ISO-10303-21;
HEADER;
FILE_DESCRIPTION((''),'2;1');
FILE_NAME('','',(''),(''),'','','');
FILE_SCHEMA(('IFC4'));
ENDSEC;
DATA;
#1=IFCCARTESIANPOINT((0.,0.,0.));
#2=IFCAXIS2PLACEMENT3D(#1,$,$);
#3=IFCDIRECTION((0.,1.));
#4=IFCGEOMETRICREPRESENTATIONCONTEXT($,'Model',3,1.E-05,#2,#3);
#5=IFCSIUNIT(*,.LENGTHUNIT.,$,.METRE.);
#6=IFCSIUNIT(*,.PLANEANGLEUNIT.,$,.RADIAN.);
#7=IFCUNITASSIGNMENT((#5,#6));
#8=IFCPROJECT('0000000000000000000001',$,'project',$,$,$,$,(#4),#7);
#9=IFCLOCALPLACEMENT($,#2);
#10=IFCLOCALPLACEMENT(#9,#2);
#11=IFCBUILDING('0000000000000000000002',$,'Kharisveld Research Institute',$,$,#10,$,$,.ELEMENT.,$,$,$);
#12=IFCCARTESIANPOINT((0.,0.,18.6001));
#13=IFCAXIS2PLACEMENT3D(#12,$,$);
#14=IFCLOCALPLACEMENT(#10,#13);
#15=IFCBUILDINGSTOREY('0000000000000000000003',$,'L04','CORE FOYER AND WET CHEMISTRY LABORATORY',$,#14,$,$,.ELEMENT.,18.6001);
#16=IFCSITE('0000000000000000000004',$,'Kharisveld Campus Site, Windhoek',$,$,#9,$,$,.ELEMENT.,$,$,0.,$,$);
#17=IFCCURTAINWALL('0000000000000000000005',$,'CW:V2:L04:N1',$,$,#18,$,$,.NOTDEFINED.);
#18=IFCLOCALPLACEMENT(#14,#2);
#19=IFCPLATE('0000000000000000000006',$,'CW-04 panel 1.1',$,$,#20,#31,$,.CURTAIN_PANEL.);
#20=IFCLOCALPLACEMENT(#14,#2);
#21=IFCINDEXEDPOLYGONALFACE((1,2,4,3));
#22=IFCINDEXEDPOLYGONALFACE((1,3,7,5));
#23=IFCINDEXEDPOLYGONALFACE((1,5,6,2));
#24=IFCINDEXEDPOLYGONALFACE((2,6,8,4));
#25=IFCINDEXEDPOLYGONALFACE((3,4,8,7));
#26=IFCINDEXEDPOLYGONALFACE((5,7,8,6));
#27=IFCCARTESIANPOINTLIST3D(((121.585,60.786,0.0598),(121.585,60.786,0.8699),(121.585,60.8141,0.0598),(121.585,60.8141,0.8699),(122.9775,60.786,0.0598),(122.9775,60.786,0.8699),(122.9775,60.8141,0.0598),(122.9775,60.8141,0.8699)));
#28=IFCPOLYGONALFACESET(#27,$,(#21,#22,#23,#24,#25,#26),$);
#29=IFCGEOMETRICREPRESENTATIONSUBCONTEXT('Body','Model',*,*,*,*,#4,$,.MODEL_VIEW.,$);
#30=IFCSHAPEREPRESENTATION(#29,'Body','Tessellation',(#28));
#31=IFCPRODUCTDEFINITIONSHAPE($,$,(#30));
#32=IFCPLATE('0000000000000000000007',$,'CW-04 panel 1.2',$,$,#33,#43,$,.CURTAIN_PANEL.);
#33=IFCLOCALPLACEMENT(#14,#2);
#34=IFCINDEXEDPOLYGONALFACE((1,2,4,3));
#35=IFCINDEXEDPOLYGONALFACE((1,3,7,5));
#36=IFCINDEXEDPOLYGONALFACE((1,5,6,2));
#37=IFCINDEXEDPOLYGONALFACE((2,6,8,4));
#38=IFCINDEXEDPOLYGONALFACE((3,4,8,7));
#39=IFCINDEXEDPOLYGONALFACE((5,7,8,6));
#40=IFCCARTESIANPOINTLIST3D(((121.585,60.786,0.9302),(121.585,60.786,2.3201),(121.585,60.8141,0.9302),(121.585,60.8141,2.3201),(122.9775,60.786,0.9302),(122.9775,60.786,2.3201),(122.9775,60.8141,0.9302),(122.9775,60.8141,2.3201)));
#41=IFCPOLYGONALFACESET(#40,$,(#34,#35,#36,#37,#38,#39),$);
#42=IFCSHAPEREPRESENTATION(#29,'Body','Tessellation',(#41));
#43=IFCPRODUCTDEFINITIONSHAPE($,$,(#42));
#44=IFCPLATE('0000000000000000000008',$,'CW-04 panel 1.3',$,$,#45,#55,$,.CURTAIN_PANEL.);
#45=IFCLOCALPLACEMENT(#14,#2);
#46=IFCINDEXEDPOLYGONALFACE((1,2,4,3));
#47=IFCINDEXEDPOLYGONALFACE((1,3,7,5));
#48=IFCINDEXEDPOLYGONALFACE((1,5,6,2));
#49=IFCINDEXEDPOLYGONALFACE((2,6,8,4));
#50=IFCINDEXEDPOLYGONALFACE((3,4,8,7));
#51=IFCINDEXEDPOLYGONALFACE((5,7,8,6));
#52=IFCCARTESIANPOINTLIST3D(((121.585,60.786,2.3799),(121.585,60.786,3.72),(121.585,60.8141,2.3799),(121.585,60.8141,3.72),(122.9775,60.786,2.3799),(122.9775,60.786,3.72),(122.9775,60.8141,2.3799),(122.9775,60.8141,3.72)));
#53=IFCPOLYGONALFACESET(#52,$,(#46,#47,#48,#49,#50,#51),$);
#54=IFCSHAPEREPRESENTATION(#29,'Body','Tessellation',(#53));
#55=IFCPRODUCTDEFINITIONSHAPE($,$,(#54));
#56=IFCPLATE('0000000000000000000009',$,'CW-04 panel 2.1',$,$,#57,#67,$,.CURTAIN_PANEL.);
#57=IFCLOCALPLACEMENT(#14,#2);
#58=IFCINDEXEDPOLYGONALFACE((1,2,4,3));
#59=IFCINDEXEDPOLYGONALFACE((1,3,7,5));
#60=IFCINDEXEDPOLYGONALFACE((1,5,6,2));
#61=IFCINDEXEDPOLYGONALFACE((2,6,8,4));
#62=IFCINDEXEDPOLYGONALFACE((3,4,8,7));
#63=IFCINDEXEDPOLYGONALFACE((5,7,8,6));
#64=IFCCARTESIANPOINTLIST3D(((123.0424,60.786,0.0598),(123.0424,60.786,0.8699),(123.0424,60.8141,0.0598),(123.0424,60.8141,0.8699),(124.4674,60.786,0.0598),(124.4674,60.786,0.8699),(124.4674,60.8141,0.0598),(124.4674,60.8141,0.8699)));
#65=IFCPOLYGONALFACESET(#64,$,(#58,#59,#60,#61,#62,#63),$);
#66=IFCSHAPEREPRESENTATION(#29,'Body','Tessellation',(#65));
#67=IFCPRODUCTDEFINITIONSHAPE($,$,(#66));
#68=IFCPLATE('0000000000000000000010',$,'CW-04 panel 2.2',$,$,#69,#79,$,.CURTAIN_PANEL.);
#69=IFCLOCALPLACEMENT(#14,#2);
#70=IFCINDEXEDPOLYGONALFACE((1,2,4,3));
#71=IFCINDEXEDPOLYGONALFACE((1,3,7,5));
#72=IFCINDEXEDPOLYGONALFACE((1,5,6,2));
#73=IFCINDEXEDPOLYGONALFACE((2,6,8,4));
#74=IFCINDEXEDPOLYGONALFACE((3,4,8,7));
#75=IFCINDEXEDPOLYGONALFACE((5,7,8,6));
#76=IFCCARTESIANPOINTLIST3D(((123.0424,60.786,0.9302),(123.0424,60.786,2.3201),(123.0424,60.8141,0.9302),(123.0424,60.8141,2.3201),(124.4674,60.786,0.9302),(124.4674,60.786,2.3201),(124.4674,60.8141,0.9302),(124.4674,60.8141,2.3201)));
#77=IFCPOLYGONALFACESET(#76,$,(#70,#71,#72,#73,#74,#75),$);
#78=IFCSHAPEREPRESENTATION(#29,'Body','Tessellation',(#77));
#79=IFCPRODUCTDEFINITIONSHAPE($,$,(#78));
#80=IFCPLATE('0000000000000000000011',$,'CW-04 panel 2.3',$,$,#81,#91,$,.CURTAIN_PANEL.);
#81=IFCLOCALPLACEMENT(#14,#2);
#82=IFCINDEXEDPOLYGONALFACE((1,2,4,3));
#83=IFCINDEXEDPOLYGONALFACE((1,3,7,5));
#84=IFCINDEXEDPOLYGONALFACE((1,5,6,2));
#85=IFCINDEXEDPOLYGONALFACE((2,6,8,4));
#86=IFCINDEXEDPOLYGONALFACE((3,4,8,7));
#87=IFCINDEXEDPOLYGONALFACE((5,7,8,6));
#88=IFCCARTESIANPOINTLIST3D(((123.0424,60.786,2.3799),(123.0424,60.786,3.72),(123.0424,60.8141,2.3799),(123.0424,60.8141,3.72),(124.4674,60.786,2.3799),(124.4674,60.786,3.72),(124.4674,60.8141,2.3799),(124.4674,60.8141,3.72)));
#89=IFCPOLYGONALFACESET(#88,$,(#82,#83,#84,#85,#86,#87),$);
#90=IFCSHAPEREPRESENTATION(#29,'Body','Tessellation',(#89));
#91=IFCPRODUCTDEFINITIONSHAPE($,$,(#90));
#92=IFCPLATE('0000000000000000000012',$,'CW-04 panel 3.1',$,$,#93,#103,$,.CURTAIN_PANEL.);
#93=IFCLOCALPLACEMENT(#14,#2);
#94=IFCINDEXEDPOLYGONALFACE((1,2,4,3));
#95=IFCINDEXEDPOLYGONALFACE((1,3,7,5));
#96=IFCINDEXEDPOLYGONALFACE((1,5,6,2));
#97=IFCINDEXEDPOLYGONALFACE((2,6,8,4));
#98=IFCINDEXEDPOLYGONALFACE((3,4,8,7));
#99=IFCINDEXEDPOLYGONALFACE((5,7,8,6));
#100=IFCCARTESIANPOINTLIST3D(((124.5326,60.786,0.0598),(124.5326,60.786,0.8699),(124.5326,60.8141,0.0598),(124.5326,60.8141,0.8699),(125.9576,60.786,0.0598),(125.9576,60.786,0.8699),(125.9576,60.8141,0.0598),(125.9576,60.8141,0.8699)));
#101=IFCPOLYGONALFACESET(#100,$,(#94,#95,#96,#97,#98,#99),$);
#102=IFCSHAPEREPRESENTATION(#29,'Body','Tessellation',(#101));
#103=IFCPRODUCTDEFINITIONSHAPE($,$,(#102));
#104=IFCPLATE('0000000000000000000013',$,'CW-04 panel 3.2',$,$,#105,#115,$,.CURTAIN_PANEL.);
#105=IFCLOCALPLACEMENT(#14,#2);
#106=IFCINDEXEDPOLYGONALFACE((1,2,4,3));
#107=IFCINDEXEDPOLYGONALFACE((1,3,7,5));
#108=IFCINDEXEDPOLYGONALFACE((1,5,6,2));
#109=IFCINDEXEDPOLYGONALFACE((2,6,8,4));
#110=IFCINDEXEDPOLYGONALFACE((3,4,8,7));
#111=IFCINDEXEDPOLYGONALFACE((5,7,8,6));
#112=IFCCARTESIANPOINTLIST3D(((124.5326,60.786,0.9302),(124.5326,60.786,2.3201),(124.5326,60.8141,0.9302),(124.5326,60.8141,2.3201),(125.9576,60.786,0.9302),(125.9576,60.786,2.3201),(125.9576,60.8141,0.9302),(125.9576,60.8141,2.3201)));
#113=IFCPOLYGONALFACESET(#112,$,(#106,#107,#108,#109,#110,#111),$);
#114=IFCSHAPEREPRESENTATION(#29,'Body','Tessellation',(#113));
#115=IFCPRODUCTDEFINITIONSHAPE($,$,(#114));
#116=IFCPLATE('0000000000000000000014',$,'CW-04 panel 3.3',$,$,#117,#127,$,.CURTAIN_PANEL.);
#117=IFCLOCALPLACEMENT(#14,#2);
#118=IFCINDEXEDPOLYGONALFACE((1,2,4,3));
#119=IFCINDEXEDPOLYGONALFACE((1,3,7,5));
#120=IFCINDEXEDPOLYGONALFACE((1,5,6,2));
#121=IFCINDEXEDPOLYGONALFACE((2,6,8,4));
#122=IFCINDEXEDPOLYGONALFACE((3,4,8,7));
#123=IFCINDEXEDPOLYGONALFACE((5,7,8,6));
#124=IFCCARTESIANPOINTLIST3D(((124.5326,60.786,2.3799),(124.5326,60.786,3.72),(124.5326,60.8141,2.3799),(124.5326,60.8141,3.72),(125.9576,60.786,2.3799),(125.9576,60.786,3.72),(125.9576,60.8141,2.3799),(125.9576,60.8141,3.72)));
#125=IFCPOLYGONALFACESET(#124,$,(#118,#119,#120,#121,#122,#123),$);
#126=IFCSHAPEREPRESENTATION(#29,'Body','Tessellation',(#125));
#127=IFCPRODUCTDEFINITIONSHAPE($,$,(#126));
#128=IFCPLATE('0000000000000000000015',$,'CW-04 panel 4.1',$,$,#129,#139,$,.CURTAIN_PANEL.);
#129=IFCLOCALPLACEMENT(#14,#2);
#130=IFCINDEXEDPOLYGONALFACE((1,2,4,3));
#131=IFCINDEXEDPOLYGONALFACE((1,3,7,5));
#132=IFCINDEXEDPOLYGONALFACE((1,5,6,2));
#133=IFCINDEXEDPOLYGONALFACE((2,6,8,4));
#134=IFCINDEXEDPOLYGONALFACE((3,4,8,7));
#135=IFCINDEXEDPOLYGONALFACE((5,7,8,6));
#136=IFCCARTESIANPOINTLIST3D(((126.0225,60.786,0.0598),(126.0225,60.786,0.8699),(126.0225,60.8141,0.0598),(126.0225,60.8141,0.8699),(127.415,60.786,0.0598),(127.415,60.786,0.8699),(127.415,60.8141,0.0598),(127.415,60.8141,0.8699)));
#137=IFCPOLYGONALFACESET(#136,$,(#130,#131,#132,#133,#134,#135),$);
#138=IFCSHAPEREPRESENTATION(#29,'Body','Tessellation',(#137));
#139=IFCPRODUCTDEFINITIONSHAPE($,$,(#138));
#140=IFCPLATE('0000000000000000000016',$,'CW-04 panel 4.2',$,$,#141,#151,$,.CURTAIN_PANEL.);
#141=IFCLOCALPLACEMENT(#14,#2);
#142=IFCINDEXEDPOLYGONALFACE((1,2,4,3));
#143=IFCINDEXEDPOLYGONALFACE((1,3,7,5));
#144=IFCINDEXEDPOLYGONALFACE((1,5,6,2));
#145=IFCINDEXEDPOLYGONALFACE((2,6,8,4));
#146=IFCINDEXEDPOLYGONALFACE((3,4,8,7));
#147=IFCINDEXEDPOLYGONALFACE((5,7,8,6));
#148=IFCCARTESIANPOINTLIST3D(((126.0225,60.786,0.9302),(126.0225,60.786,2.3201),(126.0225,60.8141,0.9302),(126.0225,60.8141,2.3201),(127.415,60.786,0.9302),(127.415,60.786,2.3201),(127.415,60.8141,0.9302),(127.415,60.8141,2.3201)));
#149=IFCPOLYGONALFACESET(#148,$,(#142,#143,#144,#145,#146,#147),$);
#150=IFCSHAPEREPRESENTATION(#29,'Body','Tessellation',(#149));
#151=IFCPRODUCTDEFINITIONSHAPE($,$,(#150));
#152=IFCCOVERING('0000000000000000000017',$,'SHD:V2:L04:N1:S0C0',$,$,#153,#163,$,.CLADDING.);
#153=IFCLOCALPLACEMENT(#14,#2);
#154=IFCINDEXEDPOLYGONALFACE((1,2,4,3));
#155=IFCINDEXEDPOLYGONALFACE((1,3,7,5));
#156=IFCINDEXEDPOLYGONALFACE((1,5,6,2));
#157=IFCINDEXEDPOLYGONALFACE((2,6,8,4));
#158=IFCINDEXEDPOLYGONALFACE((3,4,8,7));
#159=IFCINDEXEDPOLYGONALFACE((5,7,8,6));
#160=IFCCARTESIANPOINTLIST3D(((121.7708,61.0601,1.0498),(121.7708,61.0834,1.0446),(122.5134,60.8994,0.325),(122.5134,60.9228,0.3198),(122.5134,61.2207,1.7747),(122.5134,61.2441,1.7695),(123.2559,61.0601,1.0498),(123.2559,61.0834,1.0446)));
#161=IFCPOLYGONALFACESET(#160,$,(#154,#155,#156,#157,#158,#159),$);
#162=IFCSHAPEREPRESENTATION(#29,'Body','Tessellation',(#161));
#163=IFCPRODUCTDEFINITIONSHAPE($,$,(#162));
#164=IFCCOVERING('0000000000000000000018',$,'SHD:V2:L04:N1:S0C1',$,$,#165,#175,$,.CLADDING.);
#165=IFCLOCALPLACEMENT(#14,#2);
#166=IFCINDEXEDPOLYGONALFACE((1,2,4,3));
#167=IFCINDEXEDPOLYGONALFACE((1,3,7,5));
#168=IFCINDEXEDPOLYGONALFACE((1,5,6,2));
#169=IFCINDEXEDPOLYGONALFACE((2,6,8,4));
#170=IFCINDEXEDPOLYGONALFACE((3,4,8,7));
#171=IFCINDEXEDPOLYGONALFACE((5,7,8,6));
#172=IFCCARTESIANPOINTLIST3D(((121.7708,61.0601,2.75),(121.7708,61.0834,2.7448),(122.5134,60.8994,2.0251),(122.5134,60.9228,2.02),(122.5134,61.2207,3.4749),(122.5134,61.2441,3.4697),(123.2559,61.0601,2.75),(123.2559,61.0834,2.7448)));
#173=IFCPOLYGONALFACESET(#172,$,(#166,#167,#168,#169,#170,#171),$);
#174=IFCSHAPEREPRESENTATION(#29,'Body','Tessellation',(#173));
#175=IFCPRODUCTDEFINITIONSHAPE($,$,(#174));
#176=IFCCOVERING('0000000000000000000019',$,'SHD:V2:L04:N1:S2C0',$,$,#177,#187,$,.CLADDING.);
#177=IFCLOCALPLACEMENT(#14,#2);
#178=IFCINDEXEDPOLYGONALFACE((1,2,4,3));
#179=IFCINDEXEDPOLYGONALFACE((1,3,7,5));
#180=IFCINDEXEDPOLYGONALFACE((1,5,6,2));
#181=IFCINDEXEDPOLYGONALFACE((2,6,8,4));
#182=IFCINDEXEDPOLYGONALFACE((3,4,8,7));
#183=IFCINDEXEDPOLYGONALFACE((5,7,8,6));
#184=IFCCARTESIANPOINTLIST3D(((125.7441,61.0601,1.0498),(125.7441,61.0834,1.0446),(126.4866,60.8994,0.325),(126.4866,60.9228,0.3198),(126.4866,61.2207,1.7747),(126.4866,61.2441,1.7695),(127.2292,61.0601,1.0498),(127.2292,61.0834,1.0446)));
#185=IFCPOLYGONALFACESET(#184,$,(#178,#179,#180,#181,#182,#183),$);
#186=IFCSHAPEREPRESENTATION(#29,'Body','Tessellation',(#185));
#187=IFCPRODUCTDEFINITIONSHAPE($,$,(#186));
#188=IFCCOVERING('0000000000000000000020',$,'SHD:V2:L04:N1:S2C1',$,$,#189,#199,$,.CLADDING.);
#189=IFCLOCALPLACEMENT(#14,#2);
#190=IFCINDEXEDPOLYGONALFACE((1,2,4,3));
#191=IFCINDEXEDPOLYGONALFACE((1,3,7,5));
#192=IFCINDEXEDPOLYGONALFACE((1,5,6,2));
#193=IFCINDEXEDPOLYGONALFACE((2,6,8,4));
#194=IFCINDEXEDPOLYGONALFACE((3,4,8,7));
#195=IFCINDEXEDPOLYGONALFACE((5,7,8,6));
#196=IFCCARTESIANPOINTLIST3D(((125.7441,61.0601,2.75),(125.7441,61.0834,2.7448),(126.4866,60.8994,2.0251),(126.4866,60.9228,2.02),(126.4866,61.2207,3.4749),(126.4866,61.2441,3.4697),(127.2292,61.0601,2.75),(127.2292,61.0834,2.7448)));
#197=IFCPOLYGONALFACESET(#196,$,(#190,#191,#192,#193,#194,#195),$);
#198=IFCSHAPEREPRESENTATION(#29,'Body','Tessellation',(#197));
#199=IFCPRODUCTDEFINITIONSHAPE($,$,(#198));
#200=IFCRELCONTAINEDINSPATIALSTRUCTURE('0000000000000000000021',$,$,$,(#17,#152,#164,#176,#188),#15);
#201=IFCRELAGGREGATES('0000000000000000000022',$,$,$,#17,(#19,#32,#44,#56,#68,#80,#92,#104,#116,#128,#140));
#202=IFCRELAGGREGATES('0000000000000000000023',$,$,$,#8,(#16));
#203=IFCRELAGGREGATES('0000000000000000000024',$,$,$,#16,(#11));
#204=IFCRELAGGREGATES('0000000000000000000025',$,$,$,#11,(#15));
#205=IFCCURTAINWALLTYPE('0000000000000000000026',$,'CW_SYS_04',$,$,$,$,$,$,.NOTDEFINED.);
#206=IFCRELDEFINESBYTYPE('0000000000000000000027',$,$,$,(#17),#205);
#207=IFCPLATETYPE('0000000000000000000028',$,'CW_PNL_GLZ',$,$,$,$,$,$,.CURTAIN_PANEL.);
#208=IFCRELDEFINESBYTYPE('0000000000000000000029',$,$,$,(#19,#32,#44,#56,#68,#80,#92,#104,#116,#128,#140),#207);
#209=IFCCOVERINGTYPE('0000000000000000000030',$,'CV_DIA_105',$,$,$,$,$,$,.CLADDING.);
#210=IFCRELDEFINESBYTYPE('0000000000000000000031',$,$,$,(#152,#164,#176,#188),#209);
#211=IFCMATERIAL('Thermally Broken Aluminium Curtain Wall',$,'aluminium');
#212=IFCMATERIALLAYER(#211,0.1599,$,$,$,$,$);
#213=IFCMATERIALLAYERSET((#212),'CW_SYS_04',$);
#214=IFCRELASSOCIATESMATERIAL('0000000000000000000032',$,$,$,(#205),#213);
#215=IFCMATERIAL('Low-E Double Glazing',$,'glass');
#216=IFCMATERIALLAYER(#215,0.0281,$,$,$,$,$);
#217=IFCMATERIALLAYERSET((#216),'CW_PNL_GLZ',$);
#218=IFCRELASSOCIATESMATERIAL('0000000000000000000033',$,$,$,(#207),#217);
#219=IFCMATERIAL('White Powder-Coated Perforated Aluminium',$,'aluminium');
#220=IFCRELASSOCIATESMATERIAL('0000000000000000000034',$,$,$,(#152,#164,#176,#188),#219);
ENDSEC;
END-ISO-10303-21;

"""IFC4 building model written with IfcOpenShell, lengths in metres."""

from ifc_helpers import new_model, si_unit, direction, frame, origin, origin_2d, place, context, subcontext, project, spatial, polyline, rectangle, outline, extrude, material, layer, layer_set, type_object, element, aggregate, save


model = new_model("IFC4")

# Units and contexts
model_context = context("Model", 3, precision=1e-05, world=origin(), true_north=direction((0.0, 1.0)))
body_context = subcontext(model_context, "Body", "Model", "MODEL_VIEW")
ifc_project = project(units=[si_unit("LENGTHUNIT", "METRE"), si_unit("PLANEANGLEUNIT", "RADIAN")], contexts=[model_context])

# Site, building, storey
site_placement = place(None, origin())
site = spatial("IfcSite", under=ifc_project, at=site_placement, Name="Kharisveld Campus Site, Windhoek", CompositionType="ELEMENT", RefElevation=0.0)
building_placement = place(site_placement, origin())
building = spatial("IfcBuilding", under=site, at=building_placement, Name="Kharisveld Research Institute", CompositionType="ELEMENT")
storey_placement = place(building_placement, frame((0.0, 0.0, 18.6001)))
storey = spatial("IfcBuildingStorey", under=building, at=storey_placement, Name="L04", Description="CORE FOYER AND WET CHEMISTRY LABORATORY", CompositionType="ELEMENT", Elevation=18.6001)

# Curtain wall
ifc_material_1 = material(Name="Thermally Broken Aluminium Curtain Wall", Category="aluminium")
ifc_layer_1 = layer(ifc_material_1, 0.1599)
ifc_layer_set_1 = layer_set([ifc_layer_1], Name="CW_SYS_04")
curtain_wall_type = type_object("IfcCurtainWallType", Name="CW_SYS_04", PredefinedType="NOTDEFINED", material=ifc_layer_set_1)
curtain_wall_placement = place(storey_placement, origin())
curtain_wall = element("IfcCurtainWall", 1, at=curtain_wall_placement, inside=storey, type_object=curtain_wall_type, Name="CW:V2:L04:N1", PredefinedType="NOTDEFINED")

# Plates
ifc_material_2 = material(Name="Low-E Double Glazing", Category="glass")
ifc_layer_2 = layer(ifc_material_2, 0.0281)
ifc_layer_set_2 = layer_set([ifc_layer_2], Name="CW_PNL_GLZ")
plate_type = type_object("IfcPlateType", Name="CW_PNL_GLZ", PredefinedType="CURTAIN_PANEL", material=ifc_layer_set_2)
plate_1_placement = place(storey_placement, frame((122.2812, 60.8, 0.0598), z_axis=(0.0, 0.0, 1.0), x_axis=(1.0, 0.0, 0.0)))
plate_1 = element("IfcPlate", 2, at=plate_1_placement, type_object=plate_type, Name="CW-04 panel 1.1", PredefinedType="CURTAIN_PANEL", context=body_context, shape_type="SweptSolid", body=[
    extrude(rectangle(XDim=1.3926, YDim=0.0281, at=origin_2d()), origin(), (0.0, 0.0, 1.0), 0.8101),
])
plate_2_placement = place(storey_placement, frame((122.2812, 60.8, 0.9302), z_axis=(0.0, 0.0, 1.0), x_axis=(1.0, 0.0, 0.0)))
plate_2 = element("IfcPlate", 3, at=plate_2_placement, type_object=plate_type, Name="CW-04 panel 1.2", PredefinedType="CURTAIN_PANEL", context=body_context, shape_type="SweptSolid", body=[
    extrude(rectangle(XDim=1.3926, YDim=0.0281, at=origin_2d()), origin(), (0.0, 0.0, 1.0), 1.3899),
])
plate_3_placement = place(storey_placement, frame((122.2812, 60.8, 2.3799), z_axis=(0.0, 0.0, 1.0), x_axis=(1.0, 0.0, 0.0)))
plate_3 = element("IfcPlate", 4, at=plate_3_placement, type_object=plate_type, Name="CW-04 panel 1.3", PredefinedType="CURTAIN_PANEL", context=body_context, shape_type="SweptSolid", body=[
    extrude(rectangle(XDim=1.3926, YDim=0.0281, at=origin_2d()), origin(), (0.0, 0.0, 1.0), 1.3401),
])
plate_4_placement = place(storey_placement, frame((123.7549, 60.8, 0.0598), z_axis=(0.0, 0.0, 1.0), x_axis=(1.0, 0.0, 0.0)))
plate_4 = element("IfcPlate", 5, at=plate_4_placement, type_object=plate_type, Name="CW-04 panel 2.1", PredefinedType="CURTAIN_PANEL", context=body_context, shape_type="SweptSolid", body=[
    extrude(rectangle(XDim=1.425, YDim=0.0281, at=origin_2d()), origin(), (0.0, 0.0, 1.0), 0.8101),
])
plate_5_placement = place(storey_placement, frame((123.7549, 60.8, 0.9302), z_axis=(0.0, 0.0, 1.0), x_axis=(1.0, 0.0, 0.0)))
plate_5 = element("IfcPlate", 6, at=plate_5_placement, type_object=plate_type, Name="CW-04 panel 2.2", PredefinedType="CURTAIN_PANEL", context=body_context, shape_type="SweptSolid", body=[
    extrude(rectangle(XDim=1.425, YDim=0.0281, at=origin_2d()), origin(), (0.0, 0.0, 1.0), 1.3899),
])
plate_6_placement = place(storey_placement, frame((123.7549, 60.8, 2.3799), z_axis=(0.0, 0.0, 1.0), x_axis=(1.0, 0.0, 0.0)))
plate_6 = element("IfcPlate", 7, at=plate_6_placement, type_object=plate_type, Name="CW-04 panel 2.3", PredefinedType="CURTAIN_PANEL", context=body_context, shape_type="SweptSolid", body=[
    extrude(rectangle(XDim=1.425, YDim=0.0281, at=origin_2d()), origin(), (0.0, 0.0, 1.0), 1.3401),
])
plate_7_placement = place(storey_placement, frame((125.2451, 60.8, 0.0598), z_axis=(0.0, 0.0, 1.0), x_axis=(1.0, 0.0, 0.0)))
plate_7 = element("IfcPlate", 8, at=plate_7_placement, type_object=plate_type, Name="CW-04 panel 3.1", PredefinedType="CURTAIN_PANEL", context=body_context, shape_type="SweptSolid", body=[
    extrude(rectangle(XDim=1.425, YDim=0.0281, at=origin_2d()), origin(), (0.0, 0.0, 1.0), 0.8101),
])
plate_8_placement = place(storey_placement, frame((125.2451, 60.8, 0.9302), z_axis=(0.0, 0.0, 1.0), x_axis=(1.0, 0.0, 0.0)))
plate_8 = element("IfcPlate", 9, at=plate_8_placement, type_object=plate_type, Name="CW-04 panel 3.2", PredefinedType="CURTAIN_PANEL", context=body_context, shape_type="SweptSolid", body=[
    extrude(rectangle(XDim=1.425, YDim=0.0281, at=origin_2d()), origin(), (0.0, 0.0, 1.0), 1.3899),
])
plate_9_placement = place(storey_placement, frame((125.2451, 60.8, 2.3799), z_axis=(0.0, 0.0, 1.0), x_axis=(1.0, 0.0, 0.0)))
plate_9 = element("IfcPlate", 10, at=plate_9_placement, type_object=plate_type, Name="CW-04 panel 3.3", PredefinedType="CURTAIN_PANEL", context=body_context, shape_type="SweptSolid", body=[
    extrude(rectangle(XDim=1.425, YDim=0.0281, at=origin_2d()), origin(), (0.0, 0.0, 1.0), 1.3401),
])
plate_10_placement = place(storey_placement, frame((126.7188, 60.8, 0.0598), z_axis=(0.0, 0.0, 1.0), x_axis=(1.0, 0.0, 0.0)))
plate_10 = element("IfcPlate", 11, at=plate_10_placement, type_object=plate_type, Name="CW-04 panel 4.1", PredefinedType="CURTAIN_PANEL", context=body_context, shape_type="SweptSolid", body=[
    extrude(rectangle(XDim=1.3926, YDim=0.0281, at=origin_2d()), origin(), (0.0, 0.0, 1.0), 0.8101),
])
plate_11_placement = place(storey_placement, frame((126.7188, 60.8, 0.9302), z_axis=(0.0, 0.0, 1.0), x_axis=(1.0, 0.0, 0.0)))
plate_11 = element("IfcPlate", 12, at=plate_11_placement, type_object=plate_type, Name="CW-04 panel 4.2", PredefinedType="CURTAIN_PANEL", context=body_context, shape_type="SweptSolid", body=[
    extrude(rectangle(XDim=1.3926, YDim=0.0281, at=origin_2d()), origin(), (0.0, 0.0, 1.0), 1.3899),
])
aggregate(curtain_wall, [plate_1, plate_2, plate_3, plate_4, plate_5, plate_6, plate_7, plate_8, plate_9, plate_10, plate_11])

# Coverings
ifc_material_3 = material(Name="White Powder-Coated Perforated Aluminium", Category="aluminium")
covering_type = type_object("IfcCoveringType", Name="CV_DIA_105", PredefinedType="CLADDING")
for number, where, z_axis, x_axis, name in (
    (13, (122.5134, 60.8994, 0.325), (0.0, -0.976311, 0.216373), (0.707102, 0.153, 0.69036), "SHD:V2:L04:N1:S0C0"),
    (14, (122.5134, 60.8994, 2.0251), (0.0, -0.976311, 0.216373), (0.707102, 0.153, 0.69036), "SHD:V2:L04:N1:S0C1"),
):
    element("IfcCovering", number, at=place(storey_placement, frame(where, z_axis=z_axis, x_axis=x_axis)), inside=storey, type_object=covering_type, material=ifc_material_3, Name=name, PredefinedType="CLADDING", context=body_context, shape_type="SweptSolid", body=[
        extrude(outline(polyline([(0.0, 0.0), (1.05, 0.0), (1.05, 1.05), (-0.0002, 1.0501), (0.0, 0.0)])), origin(), (0.0, 0.0, -1.0), 0.0239),
    ])
for number, where, z_axis, x_axis, name in (
    (15, (126.4866, 60.8994, 0.325), (0.0, -0.976311, 0.216373), (0.707218, 0.152975, 0.690247), "SHD:V2:L04:N1:S2C0"),
    (16, (126.4866, 60.8994, 2.0251), (0.0, -0.976311, 0.216373), (0.707218, 0.152975, 0.690247), "SHD:V2:L04:N1:S2C1"),
):
    element("IfcCovering", number, at=place(storey_placement, frame(where, z_axis=z_axis, x_axis=x_axis)), inside=storey, type_object=covering_type, material=ifc_material_3, Name=name, PredefinedType="CLADDING", context=body_context, shape_type="SweptSolid", body=[
        extrude(outline(polyline([(0.0, 0.0), (1.0501, 0.0), (1.0498, 1.0501), (-0.0002, 1.05), (0.0, 0.0)])), origin(), (0.0, 0.0, -1.0), 0.0239),
    ])

save(model, "model.ifc")
